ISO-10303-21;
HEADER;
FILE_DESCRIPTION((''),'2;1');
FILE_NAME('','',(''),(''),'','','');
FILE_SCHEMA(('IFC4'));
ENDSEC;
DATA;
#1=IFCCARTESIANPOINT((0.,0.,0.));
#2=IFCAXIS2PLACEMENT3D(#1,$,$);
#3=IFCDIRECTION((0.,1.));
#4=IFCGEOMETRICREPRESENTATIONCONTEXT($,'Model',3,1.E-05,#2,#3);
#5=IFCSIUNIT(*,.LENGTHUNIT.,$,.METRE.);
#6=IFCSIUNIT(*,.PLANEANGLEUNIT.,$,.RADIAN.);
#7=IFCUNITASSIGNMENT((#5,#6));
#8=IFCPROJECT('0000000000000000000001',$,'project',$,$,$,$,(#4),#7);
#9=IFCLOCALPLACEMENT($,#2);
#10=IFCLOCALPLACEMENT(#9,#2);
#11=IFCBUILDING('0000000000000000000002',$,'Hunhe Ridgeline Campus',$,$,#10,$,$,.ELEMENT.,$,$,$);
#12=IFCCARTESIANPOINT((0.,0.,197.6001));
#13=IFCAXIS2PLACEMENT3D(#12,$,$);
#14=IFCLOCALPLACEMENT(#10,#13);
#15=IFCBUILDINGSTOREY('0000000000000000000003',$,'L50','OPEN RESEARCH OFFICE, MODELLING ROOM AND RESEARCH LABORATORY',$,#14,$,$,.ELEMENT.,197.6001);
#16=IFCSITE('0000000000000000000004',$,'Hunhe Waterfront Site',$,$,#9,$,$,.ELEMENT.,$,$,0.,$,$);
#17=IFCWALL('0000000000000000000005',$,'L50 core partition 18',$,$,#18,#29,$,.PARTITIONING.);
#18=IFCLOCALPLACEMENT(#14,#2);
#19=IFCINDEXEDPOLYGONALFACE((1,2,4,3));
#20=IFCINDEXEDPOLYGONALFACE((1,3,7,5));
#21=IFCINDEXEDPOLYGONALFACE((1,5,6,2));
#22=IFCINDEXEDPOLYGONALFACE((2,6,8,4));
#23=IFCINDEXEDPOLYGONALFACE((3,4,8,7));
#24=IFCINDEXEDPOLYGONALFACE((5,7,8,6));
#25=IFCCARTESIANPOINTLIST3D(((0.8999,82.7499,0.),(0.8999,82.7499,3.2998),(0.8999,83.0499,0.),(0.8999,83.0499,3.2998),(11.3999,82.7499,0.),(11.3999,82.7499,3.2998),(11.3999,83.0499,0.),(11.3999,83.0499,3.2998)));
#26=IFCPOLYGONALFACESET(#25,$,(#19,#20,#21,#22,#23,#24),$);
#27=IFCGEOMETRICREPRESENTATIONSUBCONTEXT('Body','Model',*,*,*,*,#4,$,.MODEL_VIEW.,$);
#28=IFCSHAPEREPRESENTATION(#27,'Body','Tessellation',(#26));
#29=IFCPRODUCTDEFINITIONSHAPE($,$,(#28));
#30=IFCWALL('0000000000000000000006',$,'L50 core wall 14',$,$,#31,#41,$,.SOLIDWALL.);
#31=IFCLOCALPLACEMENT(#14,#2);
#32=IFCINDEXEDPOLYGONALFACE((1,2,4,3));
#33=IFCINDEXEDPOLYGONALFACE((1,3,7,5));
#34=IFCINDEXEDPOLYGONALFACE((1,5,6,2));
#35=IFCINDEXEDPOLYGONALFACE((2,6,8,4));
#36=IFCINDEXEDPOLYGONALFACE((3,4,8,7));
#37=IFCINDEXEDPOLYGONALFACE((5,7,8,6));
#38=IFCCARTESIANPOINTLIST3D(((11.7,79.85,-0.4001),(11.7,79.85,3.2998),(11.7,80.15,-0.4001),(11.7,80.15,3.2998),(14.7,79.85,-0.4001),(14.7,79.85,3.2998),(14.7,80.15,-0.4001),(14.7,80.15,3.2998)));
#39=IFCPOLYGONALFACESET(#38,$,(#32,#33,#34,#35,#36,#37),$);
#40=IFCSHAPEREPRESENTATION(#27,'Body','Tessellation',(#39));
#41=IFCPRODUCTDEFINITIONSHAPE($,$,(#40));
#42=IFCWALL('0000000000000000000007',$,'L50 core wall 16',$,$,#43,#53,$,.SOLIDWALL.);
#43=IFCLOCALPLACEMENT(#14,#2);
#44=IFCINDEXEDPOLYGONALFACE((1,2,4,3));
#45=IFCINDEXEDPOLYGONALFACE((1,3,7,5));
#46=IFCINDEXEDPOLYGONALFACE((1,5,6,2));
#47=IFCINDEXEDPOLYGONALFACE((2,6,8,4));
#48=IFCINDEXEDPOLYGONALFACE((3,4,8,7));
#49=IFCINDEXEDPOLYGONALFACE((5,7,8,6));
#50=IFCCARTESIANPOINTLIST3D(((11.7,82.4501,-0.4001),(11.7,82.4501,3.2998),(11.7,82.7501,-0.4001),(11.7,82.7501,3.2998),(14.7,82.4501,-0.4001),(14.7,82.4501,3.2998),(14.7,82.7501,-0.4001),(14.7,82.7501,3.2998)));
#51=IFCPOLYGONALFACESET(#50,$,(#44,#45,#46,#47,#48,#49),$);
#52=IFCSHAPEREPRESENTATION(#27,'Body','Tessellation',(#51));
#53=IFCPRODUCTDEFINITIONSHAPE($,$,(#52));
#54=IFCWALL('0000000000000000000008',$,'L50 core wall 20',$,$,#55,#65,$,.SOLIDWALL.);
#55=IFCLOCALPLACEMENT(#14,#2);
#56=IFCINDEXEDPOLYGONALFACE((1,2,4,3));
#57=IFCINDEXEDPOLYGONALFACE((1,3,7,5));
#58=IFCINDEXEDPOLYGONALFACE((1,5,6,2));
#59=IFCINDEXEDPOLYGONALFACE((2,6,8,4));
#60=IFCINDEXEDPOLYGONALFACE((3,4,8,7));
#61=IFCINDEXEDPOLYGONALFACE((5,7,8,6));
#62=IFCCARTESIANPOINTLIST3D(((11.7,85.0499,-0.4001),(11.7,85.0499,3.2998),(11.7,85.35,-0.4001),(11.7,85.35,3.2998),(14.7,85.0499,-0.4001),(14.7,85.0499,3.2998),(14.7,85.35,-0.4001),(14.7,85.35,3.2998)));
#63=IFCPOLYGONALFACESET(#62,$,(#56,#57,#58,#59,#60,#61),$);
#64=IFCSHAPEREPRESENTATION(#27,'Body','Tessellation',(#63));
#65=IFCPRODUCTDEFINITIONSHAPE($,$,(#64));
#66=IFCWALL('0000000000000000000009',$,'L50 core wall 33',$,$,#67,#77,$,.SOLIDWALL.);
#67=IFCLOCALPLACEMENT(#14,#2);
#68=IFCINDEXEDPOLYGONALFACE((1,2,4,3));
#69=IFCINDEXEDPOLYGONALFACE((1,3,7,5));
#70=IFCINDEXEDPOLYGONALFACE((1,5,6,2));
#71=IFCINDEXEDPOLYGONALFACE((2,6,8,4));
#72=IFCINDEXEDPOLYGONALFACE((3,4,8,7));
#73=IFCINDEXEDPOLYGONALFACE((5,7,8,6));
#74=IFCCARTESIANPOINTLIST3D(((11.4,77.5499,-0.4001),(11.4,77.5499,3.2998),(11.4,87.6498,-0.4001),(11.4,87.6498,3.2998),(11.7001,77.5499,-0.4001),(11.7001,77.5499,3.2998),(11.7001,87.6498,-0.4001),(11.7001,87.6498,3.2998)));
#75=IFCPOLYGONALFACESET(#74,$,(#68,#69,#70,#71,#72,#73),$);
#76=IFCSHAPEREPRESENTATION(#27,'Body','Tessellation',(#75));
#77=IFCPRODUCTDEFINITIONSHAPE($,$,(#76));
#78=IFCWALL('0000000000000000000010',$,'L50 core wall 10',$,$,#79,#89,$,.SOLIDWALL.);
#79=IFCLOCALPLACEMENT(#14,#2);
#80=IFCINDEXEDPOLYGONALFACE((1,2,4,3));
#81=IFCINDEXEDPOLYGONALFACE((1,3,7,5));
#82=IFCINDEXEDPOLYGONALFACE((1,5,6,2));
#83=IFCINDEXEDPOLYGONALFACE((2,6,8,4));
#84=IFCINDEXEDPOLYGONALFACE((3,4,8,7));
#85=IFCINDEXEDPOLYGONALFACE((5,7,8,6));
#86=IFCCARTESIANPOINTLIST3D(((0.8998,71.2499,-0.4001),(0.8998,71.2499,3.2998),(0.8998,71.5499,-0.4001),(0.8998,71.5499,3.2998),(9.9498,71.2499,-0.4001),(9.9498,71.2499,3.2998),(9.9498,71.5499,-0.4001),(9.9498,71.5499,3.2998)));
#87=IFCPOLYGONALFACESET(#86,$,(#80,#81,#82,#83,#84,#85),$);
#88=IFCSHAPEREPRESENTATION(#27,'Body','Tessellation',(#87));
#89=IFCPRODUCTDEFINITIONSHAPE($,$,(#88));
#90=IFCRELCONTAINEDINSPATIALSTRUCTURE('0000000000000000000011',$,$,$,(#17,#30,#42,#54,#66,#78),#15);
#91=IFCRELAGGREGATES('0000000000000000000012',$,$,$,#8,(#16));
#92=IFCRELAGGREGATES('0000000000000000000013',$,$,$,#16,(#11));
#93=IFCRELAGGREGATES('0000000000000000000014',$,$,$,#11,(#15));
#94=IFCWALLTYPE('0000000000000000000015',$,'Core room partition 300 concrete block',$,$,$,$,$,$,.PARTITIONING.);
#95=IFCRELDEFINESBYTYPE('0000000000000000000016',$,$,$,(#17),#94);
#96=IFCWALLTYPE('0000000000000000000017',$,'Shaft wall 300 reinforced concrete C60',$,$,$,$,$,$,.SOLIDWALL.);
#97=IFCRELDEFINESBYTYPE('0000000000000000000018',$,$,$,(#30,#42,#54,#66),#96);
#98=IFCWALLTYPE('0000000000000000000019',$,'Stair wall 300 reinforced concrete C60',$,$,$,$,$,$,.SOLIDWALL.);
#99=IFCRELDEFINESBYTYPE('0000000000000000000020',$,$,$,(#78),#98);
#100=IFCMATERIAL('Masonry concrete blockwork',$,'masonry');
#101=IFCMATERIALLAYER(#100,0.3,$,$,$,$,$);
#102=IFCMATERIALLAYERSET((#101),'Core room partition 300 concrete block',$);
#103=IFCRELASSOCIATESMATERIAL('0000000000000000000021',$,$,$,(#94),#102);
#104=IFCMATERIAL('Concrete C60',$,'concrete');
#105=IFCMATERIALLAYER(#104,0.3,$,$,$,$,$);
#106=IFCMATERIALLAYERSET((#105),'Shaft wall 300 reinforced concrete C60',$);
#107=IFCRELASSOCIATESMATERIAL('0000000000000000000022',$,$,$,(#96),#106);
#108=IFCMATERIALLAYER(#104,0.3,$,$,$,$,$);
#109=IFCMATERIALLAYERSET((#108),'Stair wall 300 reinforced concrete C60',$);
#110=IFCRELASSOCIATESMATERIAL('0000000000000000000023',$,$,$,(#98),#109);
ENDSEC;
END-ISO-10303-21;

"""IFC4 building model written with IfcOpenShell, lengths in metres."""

from ifc_helpers import new_model, si_unit, direction, frame, frame_2d, origin, place, context, subcontext, project, spatial, rectangle, extrude, material, layer, layer_set, type_object, element, save


model = new_model("IFC4")

# Units and contexts
model_context = context("Model", 3, precision=1e-05, world=origin(), true_north=direction((0.0, 1.0)))
body_context = subcontext(model_context, "Body", "Model", "MODEL_VIEW")
ifc_project = project(units=[si_unit("LENGTHUNIT", "METRE"), si_unit("PLANEANGLEUNIT", "RADIAN")], contexts=[model_context])

# Site, building, storey
site_placement = place(None, origin())
site = spatial("IfcSite", under=ifc_project, at=site_placement, Name="Hunhe Waterfront Site", CompositionType="ELEMENT", RefElevation=0.0)
building_placement = place(site_placement, origin())
building = spatial("IfcBuilding", under=site, at=building_placement, Name="Hunhe Ridgeline Campus", CompositionType="ELEMENT")
storey_placement = place(building_placement, frame((0.0, 0.0, 197.6001)))
storey = spatial("IfcBuildingStorey", under=building, at=storey_placement, Name="L50", Description="OPEN RESEARCH OFFICE, MODELLING ROOM AND RESEARCH LABORATORY", CompositionType="ELEMENT", Elevation=197.6001)

# Shared definitions
ifc_material_1 = material(Name="Masonry concrete blockwork", Category="masonry")
ifc_layer_1 = layer(ifc_material_1, 0.3)
ifc_layer_set_1 = layer_set([ifc_layer_1], Name="Core room partition 300 concrete block")
wall_type_1 = type_object("IfcWallType", Name="Core room partition 300 concrete block", PredefinedType="PARTITIONING", material=ifc_layer_set_1)

# Wall
wall_1_placement = place(storey_placement, frame((0.8999, 82.8999, 0.0), z_axis=(0.0, 0.0, 1.0), x_axis=(1.0, 0.0, 0.0)))
element("IfcWall", 1, at=wall_1_placement, inside=storey, type_object=wall_type_1, Name="L50 core partition 18", PredefinedType="PARTITIONING", context=body_context, shape_type="SweptSolid", body=[
    extrude(rectangle(XDim=10.5, YDim=0.3, at=frame_2d((5.25, 0.0))), origin(), (0.0, 0.0, 1.0), 3.2998),
])

# Shared definitions
ifc_material_2 = material(Name="Concrete C60", Category="concrete")
ifc_layer_2 = layer(ifc_material_2, 0.3)
ifc_layer_set_2 = layer_set([ifc_layer_2], Name="Shaft wall 300 reinforced concrete C60")
wall_type_2 = type_object("IfcWallType", Name="Shaft wall 300 reinforced concrete C60", PredefinedType="SOLIDWALL", material=ifc_layer_set_2)

# Walls
for number, where, z_axis, x_axis, name in (
    (2, (11.7, 80.0, -0.4001), (0.0, 0.0, 1.0), (1.0, 0.0, 0.0), "L50 core wall 14"),
    (3, (11.7, 82.6001, -0.4001), (0.0, 0.0, 1.0), (1.0, 0.0, 0.0), "L50 core wall 16"),
    (4, (11.7, 85.2, -0.4001), (0.0, 0.0, 1.0), (1.0, 0.0, 0.0), "L50 core wall 20"),
):
    element("IfcWall", number, at=place(storey_placement, frame(where, z_axis=z_axis, x_axis=x_axis)), inside=storey, type_object=wall_type_2, Name=name, PredefinedType="SOLIDWALL", context=body_context, shape_type="SweptSolid", body=[
        extrude(rectangle(XDim=3.0, YDim=0.3, at=frame_2d((1.5, 0.0))), origin(), (0.0, 0.0, 1.0), 3.7),
    ])
wall_2_placement = place(storey_placement, frame((11.55, 77.55, -0.4001), z_axis=(0.0, 0.0, 1.0), x_axis=(0.0, 1.0, 0.0)))
element("IfcWall", 5, at=wall_2_placement, inside=storey, type_object=wall_type_2, Name="L50 core wall 33", PredefinedType="SOLIDWALL", context=body_context, shape_type="SweptSolid", body=[
    extrude(rectangle(XDim=10.0999, YDim=0.3, at=frame_2d((5.0498, 0.0))), origin(), (0.0, 0.0, 1.0), 3.7),
])
ifc_layer_3 = layer(ifc_material_2, 0.3)
ifc_layer_set_3 = layer_set([ifc_layer_3], Name="Stair wall 300 reinforced concrete C60")
wall_type_3 = type_object("IfcWallType", Name="Stair wall 300 reinforced concrete C60", PredefinedType="SOLIDWALL", material=ifc_layer_set_3)
wall_3_placement = place(storey_placement, frame((0.8999, 71.3999, -0.4001), z_axis=(0.0, 0.0, 1.0), x_axis=(1.0, 0.0, 0.0)))
element("IfcWall", 6, at=wall_3_placement, inside=storey, type_object=wall_type_3, Name="L50 core wall 10", PredefinedType="SOLIDWALL", context=body_context, shape_type="SweptSolid", body=[
    extrude(rectangle(XDim=9.05, YDim=0.3, at=frame_2d((4.5249, 0.0))), origin(), (0.0, 0.0, 1.0), 3.7),
])

save(model, "model.ifc")
